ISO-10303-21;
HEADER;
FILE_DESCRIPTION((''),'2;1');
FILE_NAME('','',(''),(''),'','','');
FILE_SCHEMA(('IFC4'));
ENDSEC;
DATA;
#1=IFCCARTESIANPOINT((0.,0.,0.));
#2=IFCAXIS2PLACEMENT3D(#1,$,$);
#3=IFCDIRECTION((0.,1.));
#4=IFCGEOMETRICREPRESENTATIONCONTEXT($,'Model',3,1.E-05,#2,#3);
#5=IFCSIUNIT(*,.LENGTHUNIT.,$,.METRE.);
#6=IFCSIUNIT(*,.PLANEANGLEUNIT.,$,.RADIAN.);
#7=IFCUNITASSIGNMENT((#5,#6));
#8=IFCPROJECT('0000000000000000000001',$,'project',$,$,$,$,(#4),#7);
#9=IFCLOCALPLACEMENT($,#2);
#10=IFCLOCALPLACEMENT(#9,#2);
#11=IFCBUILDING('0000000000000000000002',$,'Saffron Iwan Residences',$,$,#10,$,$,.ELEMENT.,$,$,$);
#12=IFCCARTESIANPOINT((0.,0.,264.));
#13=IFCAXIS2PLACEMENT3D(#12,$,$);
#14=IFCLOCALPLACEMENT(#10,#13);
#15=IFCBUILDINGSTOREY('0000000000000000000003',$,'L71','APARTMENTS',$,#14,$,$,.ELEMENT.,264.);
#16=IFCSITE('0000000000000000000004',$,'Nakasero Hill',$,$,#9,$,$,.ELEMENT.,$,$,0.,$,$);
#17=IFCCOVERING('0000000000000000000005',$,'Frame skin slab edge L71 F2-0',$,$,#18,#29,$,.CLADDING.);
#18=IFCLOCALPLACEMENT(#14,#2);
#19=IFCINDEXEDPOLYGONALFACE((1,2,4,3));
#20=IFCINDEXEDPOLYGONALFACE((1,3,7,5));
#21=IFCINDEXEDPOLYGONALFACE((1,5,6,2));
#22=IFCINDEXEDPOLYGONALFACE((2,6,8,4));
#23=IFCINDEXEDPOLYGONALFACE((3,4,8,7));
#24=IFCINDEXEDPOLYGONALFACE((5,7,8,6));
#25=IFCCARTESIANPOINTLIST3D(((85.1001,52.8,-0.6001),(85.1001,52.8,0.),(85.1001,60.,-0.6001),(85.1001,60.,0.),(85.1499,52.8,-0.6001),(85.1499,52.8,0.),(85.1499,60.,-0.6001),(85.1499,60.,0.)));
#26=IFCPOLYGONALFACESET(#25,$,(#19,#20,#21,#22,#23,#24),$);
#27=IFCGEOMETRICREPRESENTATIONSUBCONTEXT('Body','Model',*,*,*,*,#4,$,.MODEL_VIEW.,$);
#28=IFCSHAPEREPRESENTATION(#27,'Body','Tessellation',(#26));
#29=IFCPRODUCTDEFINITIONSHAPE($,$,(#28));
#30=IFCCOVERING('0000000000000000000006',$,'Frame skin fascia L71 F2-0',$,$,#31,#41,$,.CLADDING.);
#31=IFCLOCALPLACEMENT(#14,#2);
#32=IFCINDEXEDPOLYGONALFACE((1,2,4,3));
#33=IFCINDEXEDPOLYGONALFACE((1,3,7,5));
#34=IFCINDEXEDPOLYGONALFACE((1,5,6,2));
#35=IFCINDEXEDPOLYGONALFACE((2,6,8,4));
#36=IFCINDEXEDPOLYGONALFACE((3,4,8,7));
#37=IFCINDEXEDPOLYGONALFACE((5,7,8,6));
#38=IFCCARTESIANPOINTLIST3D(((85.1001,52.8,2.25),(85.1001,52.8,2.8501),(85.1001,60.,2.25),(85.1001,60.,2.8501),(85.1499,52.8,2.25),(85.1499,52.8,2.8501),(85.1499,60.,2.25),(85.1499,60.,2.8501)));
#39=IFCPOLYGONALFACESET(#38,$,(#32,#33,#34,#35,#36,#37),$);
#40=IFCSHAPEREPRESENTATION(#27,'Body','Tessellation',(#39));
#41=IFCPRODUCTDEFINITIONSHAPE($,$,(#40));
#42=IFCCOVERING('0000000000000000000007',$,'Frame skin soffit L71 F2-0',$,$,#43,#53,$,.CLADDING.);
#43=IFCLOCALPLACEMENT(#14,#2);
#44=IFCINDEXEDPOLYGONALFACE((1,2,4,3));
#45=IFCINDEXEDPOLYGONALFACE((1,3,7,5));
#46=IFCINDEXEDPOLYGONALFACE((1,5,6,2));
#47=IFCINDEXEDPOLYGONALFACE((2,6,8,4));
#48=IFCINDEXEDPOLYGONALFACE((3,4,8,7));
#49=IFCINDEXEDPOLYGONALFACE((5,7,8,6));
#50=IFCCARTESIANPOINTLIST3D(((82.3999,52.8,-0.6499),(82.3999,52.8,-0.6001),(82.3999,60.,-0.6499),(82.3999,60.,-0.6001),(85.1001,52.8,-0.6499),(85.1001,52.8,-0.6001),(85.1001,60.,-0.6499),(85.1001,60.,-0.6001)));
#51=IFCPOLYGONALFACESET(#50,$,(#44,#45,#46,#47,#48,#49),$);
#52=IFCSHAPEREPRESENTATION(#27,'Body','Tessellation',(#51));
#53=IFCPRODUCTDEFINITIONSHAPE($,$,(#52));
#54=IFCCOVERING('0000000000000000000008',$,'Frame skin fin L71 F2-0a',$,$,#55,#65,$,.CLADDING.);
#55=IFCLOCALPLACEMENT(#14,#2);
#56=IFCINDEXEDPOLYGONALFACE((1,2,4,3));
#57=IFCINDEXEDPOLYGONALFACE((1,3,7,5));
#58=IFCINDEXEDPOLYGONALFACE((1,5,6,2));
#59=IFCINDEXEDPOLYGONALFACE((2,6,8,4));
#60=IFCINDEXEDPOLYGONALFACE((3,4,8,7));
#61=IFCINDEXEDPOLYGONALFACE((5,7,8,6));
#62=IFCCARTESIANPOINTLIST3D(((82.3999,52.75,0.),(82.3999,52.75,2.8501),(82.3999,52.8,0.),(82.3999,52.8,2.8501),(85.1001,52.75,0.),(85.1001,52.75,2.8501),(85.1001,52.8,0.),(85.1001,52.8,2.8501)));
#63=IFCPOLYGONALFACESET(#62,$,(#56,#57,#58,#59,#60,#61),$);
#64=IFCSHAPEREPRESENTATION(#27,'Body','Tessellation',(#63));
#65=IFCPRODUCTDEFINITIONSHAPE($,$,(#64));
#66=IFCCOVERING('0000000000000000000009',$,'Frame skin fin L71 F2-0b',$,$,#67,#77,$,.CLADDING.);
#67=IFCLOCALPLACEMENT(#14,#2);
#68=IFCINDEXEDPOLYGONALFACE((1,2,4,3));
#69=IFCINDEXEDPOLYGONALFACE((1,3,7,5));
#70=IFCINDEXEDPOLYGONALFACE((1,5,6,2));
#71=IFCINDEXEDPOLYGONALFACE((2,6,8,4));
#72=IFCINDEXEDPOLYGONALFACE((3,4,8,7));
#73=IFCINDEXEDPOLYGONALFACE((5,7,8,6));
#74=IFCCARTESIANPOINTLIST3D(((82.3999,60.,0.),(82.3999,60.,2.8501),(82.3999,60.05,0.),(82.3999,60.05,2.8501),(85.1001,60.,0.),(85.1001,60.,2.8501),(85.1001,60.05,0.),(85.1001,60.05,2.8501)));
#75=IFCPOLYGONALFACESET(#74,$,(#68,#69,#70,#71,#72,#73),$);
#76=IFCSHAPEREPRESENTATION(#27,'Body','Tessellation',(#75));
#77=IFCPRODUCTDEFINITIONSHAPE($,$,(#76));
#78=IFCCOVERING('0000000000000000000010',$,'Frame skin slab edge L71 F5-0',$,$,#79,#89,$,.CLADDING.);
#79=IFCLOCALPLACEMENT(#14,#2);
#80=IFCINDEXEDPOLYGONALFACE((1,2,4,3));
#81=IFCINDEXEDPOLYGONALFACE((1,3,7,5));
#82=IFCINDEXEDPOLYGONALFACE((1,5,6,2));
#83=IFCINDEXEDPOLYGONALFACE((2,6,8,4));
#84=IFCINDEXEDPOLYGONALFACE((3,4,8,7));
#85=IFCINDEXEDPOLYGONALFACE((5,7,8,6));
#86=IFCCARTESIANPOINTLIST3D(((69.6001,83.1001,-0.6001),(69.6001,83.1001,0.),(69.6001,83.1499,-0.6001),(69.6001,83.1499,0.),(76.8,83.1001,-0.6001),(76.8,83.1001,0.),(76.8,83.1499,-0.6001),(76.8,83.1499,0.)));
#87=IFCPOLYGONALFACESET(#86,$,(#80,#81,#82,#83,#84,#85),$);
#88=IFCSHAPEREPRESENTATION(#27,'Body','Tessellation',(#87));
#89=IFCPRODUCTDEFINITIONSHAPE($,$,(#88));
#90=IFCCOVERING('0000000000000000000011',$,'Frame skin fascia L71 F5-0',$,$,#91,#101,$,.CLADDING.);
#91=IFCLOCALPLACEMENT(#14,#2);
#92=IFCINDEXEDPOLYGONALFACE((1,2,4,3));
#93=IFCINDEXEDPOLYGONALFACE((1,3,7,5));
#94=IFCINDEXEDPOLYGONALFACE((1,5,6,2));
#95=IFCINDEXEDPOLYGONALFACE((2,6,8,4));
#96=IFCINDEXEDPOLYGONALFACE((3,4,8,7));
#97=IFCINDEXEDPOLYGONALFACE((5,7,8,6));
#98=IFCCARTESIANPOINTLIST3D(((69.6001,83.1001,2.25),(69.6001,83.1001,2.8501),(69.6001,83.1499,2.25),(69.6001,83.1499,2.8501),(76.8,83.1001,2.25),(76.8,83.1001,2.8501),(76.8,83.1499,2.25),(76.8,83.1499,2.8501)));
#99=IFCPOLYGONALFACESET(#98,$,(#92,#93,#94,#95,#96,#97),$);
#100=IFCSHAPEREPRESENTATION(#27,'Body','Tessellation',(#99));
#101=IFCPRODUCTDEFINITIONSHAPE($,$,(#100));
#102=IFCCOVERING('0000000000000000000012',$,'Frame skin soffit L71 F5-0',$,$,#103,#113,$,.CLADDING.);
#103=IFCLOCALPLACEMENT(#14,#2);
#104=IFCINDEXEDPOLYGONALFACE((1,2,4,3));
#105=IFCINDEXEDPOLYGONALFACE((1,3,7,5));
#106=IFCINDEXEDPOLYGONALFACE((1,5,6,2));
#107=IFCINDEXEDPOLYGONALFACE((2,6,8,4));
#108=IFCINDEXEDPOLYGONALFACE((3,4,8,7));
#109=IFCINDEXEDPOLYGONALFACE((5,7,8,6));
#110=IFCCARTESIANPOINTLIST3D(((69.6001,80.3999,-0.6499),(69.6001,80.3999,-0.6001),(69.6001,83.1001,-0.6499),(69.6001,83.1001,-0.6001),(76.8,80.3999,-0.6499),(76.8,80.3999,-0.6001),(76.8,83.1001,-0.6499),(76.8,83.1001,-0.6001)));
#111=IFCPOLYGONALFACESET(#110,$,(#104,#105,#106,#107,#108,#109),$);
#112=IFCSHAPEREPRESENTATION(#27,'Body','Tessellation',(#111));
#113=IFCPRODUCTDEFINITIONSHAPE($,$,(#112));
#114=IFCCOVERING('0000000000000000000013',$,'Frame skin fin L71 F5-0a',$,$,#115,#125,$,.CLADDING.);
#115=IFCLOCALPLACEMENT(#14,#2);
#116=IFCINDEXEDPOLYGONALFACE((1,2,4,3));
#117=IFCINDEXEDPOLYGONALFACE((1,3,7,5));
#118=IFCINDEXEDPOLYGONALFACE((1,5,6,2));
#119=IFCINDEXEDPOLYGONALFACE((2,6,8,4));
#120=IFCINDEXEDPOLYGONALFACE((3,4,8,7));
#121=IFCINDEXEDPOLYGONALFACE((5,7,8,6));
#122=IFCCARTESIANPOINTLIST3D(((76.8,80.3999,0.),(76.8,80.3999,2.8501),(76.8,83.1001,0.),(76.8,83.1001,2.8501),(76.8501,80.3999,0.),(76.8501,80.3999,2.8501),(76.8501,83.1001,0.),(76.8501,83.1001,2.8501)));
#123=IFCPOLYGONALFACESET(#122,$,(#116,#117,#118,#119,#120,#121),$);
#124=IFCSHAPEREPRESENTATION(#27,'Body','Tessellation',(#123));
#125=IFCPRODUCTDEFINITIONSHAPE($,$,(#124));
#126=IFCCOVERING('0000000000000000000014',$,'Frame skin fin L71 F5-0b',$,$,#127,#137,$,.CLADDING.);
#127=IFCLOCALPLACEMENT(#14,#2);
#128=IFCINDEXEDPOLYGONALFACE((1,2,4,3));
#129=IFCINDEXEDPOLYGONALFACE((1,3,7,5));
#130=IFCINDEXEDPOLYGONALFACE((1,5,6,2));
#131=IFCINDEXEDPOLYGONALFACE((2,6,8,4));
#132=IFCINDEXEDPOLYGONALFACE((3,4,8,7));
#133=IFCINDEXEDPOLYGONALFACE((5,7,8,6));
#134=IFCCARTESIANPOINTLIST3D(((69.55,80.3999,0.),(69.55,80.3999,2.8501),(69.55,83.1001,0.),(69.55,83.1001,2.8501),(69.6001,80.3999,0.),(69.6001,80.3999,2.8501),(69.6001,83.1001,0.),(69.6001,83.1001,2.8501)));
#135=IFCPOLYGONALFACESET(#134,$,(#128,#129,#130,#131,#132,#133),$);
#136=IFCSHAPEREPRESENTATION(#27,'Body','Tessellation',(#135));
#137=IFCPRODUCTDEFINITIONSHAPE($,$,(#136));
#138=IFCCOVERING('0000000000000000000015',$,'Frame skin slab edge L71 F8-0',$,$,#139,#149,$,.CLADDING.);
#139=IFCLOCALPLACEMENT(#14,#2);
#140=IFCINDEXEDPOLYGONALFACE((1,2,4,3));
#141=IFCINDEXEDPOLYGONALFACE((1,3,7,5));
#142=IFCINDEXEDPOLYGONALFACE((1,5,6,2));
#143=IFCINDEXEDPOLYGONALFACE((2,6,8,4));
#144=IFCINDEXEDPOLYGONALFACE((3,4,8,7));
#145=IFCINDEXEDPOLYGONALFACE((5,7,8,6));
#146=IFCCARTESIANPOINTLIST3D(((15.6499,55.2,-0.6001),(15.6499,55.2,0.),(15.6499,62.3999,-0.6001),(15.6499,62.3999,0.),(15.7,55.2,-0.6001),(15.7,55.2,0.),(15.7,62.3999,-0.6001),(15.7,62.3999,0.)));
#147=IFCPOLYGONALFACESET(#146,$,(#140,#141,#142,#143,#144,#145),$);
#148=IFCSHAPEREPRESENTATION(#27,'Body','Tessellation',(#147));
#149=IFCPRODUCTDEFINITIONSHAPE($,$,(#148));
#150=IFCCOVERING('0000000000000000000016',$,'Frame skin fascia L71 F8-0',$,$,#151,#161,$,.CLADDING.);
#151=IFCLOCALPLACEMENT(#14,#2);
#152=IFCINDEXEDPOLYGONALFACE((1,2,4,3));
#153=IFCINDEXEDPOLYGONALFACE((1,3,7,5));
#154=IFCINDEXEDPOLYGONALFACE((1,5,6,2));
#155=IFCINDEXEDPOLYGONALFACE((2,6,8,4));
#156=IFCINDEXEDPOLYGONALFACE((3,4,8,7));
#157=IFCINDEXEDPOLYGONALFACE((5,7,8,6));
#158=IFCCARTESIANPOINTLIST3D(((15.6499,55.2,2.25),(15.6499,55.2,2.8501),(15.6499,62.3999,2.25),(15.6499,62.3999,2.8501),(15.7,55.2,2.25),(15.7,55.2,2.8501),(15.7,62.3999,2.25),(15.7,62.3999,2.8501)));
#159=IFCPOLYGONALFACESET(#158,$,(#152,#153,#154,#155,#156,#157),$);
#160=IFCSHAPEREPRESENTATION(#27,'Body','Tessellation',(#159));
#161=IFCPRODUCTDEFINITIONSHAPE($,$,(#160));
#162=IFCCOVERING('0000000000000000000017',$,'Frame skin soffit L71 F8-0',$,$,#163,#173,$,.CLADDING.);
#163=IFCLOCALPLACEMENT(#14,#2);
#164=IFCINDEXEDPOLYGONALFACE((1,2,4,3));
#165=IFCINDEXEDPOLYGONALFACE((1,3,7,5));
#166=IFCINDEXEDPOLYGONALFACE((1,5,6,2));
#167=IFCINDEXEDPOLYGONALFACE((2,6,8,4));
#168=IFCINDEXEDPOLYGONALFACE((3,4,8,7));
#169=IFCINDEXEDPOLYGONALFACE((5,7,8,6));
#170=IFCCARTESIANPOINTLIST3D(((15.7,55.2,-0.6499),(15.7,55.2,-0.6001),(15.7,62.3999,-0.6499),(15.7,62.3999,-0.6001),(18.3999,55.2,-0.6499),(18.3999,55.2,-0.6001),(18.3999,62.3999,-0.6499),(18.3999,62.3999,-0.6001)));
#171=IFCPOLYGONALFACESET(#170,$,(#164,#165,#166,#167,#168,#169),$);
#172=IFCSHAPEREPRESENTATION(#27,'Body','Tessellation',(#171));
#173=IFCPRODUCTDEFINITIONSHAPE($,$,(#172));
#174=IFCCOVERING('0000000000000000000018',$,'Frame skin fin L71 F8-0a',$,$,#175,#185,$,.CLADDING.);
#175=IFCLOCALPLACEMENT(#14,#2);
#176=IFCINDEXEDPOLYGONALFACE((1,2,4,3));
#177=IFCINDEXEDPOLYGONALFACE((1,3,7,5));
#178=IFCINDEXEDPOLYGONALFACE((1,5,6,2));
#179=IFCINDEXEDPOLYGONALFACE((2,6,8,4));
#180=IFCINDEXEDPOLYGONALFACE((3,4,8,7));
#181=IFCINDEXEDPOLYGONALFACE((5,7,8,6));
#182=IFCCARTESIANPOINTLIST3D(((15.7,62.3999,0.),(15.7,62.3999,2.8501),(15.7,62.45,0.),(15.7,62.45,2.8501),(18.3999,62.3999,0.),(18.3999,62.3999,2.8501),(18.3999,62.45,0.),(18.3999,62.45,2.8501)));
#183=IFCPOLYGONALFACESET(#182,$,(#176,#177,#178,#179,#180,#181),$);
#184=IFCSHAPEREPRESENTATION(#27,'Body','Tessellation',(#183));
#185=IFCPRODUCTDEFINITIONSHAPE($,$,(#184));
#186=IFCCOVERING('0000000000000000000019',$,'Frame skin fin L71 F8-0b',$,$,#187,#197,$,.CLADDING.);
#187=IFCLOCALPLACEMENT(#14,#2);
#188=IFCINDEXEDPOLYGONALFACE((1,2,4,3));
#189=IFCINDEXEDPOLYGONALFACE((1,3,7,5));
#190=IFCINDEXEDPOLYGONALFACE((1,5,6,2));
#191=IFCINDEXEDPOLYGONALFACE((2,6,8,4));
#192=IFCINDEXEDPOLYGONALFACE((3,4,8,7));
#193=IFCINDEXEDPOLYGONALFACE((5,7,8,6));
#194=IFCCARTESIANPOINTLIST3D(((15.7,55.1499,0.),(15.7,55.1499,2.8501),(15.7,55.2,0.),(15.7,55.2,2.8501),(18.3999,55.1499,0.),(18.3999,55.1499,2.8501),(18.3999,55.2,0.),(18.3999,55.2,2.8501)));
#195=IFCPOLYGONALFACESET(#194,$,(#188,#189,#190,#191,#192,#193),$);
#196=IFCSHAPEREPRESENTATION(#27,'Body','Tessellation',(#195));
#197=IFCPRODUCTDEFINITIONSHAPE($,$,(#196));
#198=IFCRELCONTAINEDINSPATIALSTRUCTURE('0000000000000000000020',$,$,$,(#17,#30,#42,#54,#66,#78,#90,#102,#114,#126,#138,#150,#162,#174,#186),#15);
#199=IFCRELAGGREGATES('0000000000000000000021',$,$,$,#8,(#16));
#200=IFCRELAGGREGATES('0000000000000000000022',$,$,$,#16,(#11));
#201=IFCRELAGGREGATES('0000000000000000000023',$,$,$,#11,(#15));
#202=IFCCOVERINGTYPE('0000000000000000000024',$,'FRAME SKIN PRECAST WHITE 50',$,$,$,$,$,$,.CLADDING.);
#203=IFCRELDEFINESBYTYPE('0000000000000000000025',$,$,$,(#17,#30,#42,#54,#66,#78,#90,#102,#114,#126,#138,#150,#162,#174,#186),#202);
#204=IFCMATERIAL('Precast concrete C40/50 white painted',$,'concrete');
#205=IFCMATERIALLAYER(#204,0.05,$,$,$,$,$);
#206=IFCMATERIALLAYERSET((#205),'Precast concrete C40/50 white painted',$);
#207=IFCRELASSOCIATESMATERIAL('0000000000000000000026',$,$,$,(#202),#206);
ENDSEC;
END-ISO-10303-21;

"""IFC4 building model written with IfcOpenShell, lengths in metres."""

from ifc_helpers import new_model, si_unit, direction, frame, origin, place, context, subcontext, project, spatial, polyline, outline, extrude, material, layer, layer_set, type_object, element, save


model = new_model("IFC4")

# Units and contexts
model_context = context("Model", 3, precision=1e-05, world=origin(), true_north=direction((0.0, 1.0)))
body_context = subcontext(model_context, "Body", "Model", "MODEL_VIEW")
ifc_project = project(units=[si_unit("LENGTHUNIT", "METRE"), si_unit("PLANEANGLEUNIT", "RADIAN")], contexts=[model_context])

# Site, building, storey
site_placement = place(None, origin())
site = spatial("IfcSite", under=ifc_project, at=site_placement, Name="Nakasero Hill", CompositionType="ELEMENT", RefElevation=0.0)
building_placement = place(site_placement, origin())
building = spatial("IfcBuilding", under=site, at=building_placement, Name="Saffron Iwan Residences", CompositionType="ELEMENT")
storey_placement = place(building_placement, frame((0.0, 0.0, 264.0)))
storey = spatial("IfcBuildingStorey", under=building, at=storey_placement, Name="L71", Description="APARTMENTS", CompositionType="ELEMENT", Elevation=264.0)

# Coverings
ifc_material_1 = material(Name="Precast concrete C40/50 white painted", Category="concrete")
ifc_layer_1 = layer(ifc_material_1, 0.05)
ifc_layer_set_1 = layer_set([ifc_layer_1], Name="Precast concrete C40/50 white painted")
covering_type_1 = type_object("IfcCoveringType", Name="FRAME SKIN PRECAST WHITE 50", PredefinedType="CLADDING", material=ifc_layer_set_1)
for number, where, name in (
    (1, (0.0, 0.0, -0.6001), "Frame skin slab edge L71 F2-0"),
    (2, (0.0, 0.0, 2.25), "Frame skin fascia L71 F2-0"),
):
    element("IfcCovering", number, at=place(storey_placement, frame(where)), inside=storey, type_object=covering_type_1, Name=name, PredefinedType="CLADDING", context=body_context, shape_type="SweptSolid", body=[
        extrude(outline(polyline([(85.1499, 52.8), (85.1499, 60.0), (85.1001, 60.0), (85.1001, 52.8), (85.1499, 52.8)])), origin(), (0.0, 0.0, 1.0), 0.6001),
    ])
covering_1_placement = place(storey_placement, frame((0.0, 0.0, -0.6499)))
element("IfcCovering", 3, at=covering_1_placement, inside=storey, type_object=covering_type_1, Name="Frame skin soffit L71 F2-0", PredefinedType="CLADDING", context=body_context, shape_type="SweptSolid", body=[
    extrude(outline(polyline([(85.1001, 52.8), (85.1001, 60.0), (82.3999, 60.0), (82.3999, 52.8), (85.1001, 52.8)])), origin(), (0.0, 0.0, 1.0), 0.0498),
])
covering_2_placement = place(storey_placement, origin())
element("IfcCovering", 4, at=covering_2_placement, inside=storey, type_object=covering_type_1, Name="Frame skin fin L71 F2-0a", PredefinedType="CLADDING", context=body_context, shape_type="SweptSolid", body=[
    extrude(outline(polyline([(85.1001, 52.75), (85.1001, 52.8), (82.3999, 52.8), (82.3999, 52.75), (85.1001, 52.75)])), origin(), (0.0, 0.0, 1.0), 2.8501),
])
covering_3_placement = place(storey_placement, origin())
element("IfcCovering", 5, at=covering_3_placement, inside=storey, type_object=covering_type_1, Name="Frame skin fin L71 F2-0b", PredefinedType="CLADDING", context=body_context, shape_type="SweptSolid", body=[
    extrude(outline(polyline([(85.1001, 60.0), (85.1001, 60.05), (82.3999, 60.05), (82.3999, 60.0), (85.1001, 60.0)])), origin(), (0.0, 0.0, 1.0), 2.8501),
])
for number, where, name in (
    (6, (0.0, 0.0, -0.6001), "Frame skin slab edge L71 F5-0"),
    (7, (0.0, 0.0, 2.25), "Frame skin fascia L71 F5-0"),
):
    element("IfcCovering", number, at=place(storey_placement, frame(where)), inside=storey, type_object=covering_type_1, Name=name, PredefinedType="CLADDING", context=body_context, shape_type="SweptSolid", body=[
        extrude(outline(polyline([(76.8, 83.1499), (69.6001, 83.1499), (69.6001, 83.1001), (76.8, 83.1001), (76.8, 83.1499)])), origin(), (0.0, 0.0, 1.0), 0.6001),
    ])
covering_4_placement = place(storey_placement, frame((0.0, 0.0, -0.6499)))
element("IfcCovering", 8, at=covering_4_placement, inside=storey, type_object=covering_type_1, Name="Frame skin soffit L71 F5-0", PredefinedType="CLADDING", context=body_context, shape_type="SweptSolid", body=[
    extrude(outline(polyline([(76.8, 83.1001), (69.6001, 83.1001), (69.6001, 80.3999), (76.8, 80.3999), (76.8, 83.1001)])), origin(), (0.0, 0.0, 1.0), 0.0498),
])
covering_5_placement = place(storey_placement, origin())
element("IfcCovering", 9, at=covering_5_placement, inside=storey, type_object=covering_type_1, Name="Frame skin fin L71 F5-0a", PredefinedType="CLADDING", context=body_context, shape_type="SweptSolid", body=[
    extrude(outline(polyline([(76.8501, 83.1001), (76.8, 83.1001), (76.8, 80.3999), (76.8501, 80.3999), (76.8501, 83.1001)])), origin(), (0.0, 0.0, 1.0), 2.8501),
])
covering_6_placement = place(storey_placement, origin())
element("IfcCovering", 10, at=covering_6_placement, inside=storey, type_object=covering_type_1, Name="Frame skin fin L71 F5-0b", PredefinedType="CLADDING", context=body_context, shape_type="SweptSolid", body=[
    extrude(outline(polyline([(69.6001, 83.1001), (69.55, 83.1001), (69.55, 80.3999), (69.6001, 80.3999), (69.6001, 83.1001)])), origin(), (0.0, 0.0, 1.0), 2.8501),
])
for number, where, name in (
    (11, (0.0, 0.0, -0.6001), "Frame skin slab edge L71 F8-0"),
    (12, (0.0, 0.0, 2.25), "Frame skin fascia L71 F8-0"),
):
    element("IfcCovering", number, at=place(storey_placement, frame(where)), inside=storey, type_object=covering_type_1, Name=name, PredefinedType="CLADDING", context=body_context, shape_type="SweptSolid", body=[
        extrude(outline(polyline([(15.6499, 62.3999), (15.6499, 55.2), (15.7, 55.2), (15.7, 62.3999), (15.6499, 62.3999)])), origin(), (0.0, 0.0, 1.0), 0.6001),
    ])
covering_7_placement = place(storey_placement, frame((0.0, 0.0, -0.6499)))
element("IfcCovering", 13, at=covering_7_placement, inside=storey, type_object=covering_type_1, Name="Frame skin soffit L71 F8-0", PredefinedType="CLADDING", context=body_context, shape_type="SweptSolid", body=[
    extrude(outline(polyline([(15.7, 62.3999), (15.7, 55.2), (18.3999, 55.2), (18.3999, 62.3999), (15.7, 62.3999)])), origin(), (0.0, 0.0, 1.0), 0.0498),
])
covering_8_placement = place(storey_placement, origin())
element("IfcCovering", 14, at=covering_8_placement, inside=storey, type_object=covering_type_1, Name="Frame skin fin L71 F8-0a", PredefinedType="CLADDING", context=body_context, shape_type="SweptSolid", body=[
    extrude(outline(polyline([(15.7, 62.45), (15.7, 62.3999), (18.3999, 62.3999), (18.3999, 62.45), (15.7, 62.45)])), origin(), (0.0, 0.0, 1.0), 2.8501),
])
covering_9_placement = place(storey_placement, origin())
element("IfcCovering", 15, at=covering_9_placement, inside=storey, type_object=covering_type_1, Name="Frame skin fin L71 F8-0b", PredefinedType="CLADDING", context=body_context, shape_type="SweptSolid", body=[
    extrude(outline(polyline([(15.7, 55.2), (15.7, 55.1499), (18.3999, 55.1499), (18.3999, 55.2), (15.7, 55.2)])), origin(), (0.0, 0.0, 1.0), 2.8501),
])

save(model, "model.ifc")
